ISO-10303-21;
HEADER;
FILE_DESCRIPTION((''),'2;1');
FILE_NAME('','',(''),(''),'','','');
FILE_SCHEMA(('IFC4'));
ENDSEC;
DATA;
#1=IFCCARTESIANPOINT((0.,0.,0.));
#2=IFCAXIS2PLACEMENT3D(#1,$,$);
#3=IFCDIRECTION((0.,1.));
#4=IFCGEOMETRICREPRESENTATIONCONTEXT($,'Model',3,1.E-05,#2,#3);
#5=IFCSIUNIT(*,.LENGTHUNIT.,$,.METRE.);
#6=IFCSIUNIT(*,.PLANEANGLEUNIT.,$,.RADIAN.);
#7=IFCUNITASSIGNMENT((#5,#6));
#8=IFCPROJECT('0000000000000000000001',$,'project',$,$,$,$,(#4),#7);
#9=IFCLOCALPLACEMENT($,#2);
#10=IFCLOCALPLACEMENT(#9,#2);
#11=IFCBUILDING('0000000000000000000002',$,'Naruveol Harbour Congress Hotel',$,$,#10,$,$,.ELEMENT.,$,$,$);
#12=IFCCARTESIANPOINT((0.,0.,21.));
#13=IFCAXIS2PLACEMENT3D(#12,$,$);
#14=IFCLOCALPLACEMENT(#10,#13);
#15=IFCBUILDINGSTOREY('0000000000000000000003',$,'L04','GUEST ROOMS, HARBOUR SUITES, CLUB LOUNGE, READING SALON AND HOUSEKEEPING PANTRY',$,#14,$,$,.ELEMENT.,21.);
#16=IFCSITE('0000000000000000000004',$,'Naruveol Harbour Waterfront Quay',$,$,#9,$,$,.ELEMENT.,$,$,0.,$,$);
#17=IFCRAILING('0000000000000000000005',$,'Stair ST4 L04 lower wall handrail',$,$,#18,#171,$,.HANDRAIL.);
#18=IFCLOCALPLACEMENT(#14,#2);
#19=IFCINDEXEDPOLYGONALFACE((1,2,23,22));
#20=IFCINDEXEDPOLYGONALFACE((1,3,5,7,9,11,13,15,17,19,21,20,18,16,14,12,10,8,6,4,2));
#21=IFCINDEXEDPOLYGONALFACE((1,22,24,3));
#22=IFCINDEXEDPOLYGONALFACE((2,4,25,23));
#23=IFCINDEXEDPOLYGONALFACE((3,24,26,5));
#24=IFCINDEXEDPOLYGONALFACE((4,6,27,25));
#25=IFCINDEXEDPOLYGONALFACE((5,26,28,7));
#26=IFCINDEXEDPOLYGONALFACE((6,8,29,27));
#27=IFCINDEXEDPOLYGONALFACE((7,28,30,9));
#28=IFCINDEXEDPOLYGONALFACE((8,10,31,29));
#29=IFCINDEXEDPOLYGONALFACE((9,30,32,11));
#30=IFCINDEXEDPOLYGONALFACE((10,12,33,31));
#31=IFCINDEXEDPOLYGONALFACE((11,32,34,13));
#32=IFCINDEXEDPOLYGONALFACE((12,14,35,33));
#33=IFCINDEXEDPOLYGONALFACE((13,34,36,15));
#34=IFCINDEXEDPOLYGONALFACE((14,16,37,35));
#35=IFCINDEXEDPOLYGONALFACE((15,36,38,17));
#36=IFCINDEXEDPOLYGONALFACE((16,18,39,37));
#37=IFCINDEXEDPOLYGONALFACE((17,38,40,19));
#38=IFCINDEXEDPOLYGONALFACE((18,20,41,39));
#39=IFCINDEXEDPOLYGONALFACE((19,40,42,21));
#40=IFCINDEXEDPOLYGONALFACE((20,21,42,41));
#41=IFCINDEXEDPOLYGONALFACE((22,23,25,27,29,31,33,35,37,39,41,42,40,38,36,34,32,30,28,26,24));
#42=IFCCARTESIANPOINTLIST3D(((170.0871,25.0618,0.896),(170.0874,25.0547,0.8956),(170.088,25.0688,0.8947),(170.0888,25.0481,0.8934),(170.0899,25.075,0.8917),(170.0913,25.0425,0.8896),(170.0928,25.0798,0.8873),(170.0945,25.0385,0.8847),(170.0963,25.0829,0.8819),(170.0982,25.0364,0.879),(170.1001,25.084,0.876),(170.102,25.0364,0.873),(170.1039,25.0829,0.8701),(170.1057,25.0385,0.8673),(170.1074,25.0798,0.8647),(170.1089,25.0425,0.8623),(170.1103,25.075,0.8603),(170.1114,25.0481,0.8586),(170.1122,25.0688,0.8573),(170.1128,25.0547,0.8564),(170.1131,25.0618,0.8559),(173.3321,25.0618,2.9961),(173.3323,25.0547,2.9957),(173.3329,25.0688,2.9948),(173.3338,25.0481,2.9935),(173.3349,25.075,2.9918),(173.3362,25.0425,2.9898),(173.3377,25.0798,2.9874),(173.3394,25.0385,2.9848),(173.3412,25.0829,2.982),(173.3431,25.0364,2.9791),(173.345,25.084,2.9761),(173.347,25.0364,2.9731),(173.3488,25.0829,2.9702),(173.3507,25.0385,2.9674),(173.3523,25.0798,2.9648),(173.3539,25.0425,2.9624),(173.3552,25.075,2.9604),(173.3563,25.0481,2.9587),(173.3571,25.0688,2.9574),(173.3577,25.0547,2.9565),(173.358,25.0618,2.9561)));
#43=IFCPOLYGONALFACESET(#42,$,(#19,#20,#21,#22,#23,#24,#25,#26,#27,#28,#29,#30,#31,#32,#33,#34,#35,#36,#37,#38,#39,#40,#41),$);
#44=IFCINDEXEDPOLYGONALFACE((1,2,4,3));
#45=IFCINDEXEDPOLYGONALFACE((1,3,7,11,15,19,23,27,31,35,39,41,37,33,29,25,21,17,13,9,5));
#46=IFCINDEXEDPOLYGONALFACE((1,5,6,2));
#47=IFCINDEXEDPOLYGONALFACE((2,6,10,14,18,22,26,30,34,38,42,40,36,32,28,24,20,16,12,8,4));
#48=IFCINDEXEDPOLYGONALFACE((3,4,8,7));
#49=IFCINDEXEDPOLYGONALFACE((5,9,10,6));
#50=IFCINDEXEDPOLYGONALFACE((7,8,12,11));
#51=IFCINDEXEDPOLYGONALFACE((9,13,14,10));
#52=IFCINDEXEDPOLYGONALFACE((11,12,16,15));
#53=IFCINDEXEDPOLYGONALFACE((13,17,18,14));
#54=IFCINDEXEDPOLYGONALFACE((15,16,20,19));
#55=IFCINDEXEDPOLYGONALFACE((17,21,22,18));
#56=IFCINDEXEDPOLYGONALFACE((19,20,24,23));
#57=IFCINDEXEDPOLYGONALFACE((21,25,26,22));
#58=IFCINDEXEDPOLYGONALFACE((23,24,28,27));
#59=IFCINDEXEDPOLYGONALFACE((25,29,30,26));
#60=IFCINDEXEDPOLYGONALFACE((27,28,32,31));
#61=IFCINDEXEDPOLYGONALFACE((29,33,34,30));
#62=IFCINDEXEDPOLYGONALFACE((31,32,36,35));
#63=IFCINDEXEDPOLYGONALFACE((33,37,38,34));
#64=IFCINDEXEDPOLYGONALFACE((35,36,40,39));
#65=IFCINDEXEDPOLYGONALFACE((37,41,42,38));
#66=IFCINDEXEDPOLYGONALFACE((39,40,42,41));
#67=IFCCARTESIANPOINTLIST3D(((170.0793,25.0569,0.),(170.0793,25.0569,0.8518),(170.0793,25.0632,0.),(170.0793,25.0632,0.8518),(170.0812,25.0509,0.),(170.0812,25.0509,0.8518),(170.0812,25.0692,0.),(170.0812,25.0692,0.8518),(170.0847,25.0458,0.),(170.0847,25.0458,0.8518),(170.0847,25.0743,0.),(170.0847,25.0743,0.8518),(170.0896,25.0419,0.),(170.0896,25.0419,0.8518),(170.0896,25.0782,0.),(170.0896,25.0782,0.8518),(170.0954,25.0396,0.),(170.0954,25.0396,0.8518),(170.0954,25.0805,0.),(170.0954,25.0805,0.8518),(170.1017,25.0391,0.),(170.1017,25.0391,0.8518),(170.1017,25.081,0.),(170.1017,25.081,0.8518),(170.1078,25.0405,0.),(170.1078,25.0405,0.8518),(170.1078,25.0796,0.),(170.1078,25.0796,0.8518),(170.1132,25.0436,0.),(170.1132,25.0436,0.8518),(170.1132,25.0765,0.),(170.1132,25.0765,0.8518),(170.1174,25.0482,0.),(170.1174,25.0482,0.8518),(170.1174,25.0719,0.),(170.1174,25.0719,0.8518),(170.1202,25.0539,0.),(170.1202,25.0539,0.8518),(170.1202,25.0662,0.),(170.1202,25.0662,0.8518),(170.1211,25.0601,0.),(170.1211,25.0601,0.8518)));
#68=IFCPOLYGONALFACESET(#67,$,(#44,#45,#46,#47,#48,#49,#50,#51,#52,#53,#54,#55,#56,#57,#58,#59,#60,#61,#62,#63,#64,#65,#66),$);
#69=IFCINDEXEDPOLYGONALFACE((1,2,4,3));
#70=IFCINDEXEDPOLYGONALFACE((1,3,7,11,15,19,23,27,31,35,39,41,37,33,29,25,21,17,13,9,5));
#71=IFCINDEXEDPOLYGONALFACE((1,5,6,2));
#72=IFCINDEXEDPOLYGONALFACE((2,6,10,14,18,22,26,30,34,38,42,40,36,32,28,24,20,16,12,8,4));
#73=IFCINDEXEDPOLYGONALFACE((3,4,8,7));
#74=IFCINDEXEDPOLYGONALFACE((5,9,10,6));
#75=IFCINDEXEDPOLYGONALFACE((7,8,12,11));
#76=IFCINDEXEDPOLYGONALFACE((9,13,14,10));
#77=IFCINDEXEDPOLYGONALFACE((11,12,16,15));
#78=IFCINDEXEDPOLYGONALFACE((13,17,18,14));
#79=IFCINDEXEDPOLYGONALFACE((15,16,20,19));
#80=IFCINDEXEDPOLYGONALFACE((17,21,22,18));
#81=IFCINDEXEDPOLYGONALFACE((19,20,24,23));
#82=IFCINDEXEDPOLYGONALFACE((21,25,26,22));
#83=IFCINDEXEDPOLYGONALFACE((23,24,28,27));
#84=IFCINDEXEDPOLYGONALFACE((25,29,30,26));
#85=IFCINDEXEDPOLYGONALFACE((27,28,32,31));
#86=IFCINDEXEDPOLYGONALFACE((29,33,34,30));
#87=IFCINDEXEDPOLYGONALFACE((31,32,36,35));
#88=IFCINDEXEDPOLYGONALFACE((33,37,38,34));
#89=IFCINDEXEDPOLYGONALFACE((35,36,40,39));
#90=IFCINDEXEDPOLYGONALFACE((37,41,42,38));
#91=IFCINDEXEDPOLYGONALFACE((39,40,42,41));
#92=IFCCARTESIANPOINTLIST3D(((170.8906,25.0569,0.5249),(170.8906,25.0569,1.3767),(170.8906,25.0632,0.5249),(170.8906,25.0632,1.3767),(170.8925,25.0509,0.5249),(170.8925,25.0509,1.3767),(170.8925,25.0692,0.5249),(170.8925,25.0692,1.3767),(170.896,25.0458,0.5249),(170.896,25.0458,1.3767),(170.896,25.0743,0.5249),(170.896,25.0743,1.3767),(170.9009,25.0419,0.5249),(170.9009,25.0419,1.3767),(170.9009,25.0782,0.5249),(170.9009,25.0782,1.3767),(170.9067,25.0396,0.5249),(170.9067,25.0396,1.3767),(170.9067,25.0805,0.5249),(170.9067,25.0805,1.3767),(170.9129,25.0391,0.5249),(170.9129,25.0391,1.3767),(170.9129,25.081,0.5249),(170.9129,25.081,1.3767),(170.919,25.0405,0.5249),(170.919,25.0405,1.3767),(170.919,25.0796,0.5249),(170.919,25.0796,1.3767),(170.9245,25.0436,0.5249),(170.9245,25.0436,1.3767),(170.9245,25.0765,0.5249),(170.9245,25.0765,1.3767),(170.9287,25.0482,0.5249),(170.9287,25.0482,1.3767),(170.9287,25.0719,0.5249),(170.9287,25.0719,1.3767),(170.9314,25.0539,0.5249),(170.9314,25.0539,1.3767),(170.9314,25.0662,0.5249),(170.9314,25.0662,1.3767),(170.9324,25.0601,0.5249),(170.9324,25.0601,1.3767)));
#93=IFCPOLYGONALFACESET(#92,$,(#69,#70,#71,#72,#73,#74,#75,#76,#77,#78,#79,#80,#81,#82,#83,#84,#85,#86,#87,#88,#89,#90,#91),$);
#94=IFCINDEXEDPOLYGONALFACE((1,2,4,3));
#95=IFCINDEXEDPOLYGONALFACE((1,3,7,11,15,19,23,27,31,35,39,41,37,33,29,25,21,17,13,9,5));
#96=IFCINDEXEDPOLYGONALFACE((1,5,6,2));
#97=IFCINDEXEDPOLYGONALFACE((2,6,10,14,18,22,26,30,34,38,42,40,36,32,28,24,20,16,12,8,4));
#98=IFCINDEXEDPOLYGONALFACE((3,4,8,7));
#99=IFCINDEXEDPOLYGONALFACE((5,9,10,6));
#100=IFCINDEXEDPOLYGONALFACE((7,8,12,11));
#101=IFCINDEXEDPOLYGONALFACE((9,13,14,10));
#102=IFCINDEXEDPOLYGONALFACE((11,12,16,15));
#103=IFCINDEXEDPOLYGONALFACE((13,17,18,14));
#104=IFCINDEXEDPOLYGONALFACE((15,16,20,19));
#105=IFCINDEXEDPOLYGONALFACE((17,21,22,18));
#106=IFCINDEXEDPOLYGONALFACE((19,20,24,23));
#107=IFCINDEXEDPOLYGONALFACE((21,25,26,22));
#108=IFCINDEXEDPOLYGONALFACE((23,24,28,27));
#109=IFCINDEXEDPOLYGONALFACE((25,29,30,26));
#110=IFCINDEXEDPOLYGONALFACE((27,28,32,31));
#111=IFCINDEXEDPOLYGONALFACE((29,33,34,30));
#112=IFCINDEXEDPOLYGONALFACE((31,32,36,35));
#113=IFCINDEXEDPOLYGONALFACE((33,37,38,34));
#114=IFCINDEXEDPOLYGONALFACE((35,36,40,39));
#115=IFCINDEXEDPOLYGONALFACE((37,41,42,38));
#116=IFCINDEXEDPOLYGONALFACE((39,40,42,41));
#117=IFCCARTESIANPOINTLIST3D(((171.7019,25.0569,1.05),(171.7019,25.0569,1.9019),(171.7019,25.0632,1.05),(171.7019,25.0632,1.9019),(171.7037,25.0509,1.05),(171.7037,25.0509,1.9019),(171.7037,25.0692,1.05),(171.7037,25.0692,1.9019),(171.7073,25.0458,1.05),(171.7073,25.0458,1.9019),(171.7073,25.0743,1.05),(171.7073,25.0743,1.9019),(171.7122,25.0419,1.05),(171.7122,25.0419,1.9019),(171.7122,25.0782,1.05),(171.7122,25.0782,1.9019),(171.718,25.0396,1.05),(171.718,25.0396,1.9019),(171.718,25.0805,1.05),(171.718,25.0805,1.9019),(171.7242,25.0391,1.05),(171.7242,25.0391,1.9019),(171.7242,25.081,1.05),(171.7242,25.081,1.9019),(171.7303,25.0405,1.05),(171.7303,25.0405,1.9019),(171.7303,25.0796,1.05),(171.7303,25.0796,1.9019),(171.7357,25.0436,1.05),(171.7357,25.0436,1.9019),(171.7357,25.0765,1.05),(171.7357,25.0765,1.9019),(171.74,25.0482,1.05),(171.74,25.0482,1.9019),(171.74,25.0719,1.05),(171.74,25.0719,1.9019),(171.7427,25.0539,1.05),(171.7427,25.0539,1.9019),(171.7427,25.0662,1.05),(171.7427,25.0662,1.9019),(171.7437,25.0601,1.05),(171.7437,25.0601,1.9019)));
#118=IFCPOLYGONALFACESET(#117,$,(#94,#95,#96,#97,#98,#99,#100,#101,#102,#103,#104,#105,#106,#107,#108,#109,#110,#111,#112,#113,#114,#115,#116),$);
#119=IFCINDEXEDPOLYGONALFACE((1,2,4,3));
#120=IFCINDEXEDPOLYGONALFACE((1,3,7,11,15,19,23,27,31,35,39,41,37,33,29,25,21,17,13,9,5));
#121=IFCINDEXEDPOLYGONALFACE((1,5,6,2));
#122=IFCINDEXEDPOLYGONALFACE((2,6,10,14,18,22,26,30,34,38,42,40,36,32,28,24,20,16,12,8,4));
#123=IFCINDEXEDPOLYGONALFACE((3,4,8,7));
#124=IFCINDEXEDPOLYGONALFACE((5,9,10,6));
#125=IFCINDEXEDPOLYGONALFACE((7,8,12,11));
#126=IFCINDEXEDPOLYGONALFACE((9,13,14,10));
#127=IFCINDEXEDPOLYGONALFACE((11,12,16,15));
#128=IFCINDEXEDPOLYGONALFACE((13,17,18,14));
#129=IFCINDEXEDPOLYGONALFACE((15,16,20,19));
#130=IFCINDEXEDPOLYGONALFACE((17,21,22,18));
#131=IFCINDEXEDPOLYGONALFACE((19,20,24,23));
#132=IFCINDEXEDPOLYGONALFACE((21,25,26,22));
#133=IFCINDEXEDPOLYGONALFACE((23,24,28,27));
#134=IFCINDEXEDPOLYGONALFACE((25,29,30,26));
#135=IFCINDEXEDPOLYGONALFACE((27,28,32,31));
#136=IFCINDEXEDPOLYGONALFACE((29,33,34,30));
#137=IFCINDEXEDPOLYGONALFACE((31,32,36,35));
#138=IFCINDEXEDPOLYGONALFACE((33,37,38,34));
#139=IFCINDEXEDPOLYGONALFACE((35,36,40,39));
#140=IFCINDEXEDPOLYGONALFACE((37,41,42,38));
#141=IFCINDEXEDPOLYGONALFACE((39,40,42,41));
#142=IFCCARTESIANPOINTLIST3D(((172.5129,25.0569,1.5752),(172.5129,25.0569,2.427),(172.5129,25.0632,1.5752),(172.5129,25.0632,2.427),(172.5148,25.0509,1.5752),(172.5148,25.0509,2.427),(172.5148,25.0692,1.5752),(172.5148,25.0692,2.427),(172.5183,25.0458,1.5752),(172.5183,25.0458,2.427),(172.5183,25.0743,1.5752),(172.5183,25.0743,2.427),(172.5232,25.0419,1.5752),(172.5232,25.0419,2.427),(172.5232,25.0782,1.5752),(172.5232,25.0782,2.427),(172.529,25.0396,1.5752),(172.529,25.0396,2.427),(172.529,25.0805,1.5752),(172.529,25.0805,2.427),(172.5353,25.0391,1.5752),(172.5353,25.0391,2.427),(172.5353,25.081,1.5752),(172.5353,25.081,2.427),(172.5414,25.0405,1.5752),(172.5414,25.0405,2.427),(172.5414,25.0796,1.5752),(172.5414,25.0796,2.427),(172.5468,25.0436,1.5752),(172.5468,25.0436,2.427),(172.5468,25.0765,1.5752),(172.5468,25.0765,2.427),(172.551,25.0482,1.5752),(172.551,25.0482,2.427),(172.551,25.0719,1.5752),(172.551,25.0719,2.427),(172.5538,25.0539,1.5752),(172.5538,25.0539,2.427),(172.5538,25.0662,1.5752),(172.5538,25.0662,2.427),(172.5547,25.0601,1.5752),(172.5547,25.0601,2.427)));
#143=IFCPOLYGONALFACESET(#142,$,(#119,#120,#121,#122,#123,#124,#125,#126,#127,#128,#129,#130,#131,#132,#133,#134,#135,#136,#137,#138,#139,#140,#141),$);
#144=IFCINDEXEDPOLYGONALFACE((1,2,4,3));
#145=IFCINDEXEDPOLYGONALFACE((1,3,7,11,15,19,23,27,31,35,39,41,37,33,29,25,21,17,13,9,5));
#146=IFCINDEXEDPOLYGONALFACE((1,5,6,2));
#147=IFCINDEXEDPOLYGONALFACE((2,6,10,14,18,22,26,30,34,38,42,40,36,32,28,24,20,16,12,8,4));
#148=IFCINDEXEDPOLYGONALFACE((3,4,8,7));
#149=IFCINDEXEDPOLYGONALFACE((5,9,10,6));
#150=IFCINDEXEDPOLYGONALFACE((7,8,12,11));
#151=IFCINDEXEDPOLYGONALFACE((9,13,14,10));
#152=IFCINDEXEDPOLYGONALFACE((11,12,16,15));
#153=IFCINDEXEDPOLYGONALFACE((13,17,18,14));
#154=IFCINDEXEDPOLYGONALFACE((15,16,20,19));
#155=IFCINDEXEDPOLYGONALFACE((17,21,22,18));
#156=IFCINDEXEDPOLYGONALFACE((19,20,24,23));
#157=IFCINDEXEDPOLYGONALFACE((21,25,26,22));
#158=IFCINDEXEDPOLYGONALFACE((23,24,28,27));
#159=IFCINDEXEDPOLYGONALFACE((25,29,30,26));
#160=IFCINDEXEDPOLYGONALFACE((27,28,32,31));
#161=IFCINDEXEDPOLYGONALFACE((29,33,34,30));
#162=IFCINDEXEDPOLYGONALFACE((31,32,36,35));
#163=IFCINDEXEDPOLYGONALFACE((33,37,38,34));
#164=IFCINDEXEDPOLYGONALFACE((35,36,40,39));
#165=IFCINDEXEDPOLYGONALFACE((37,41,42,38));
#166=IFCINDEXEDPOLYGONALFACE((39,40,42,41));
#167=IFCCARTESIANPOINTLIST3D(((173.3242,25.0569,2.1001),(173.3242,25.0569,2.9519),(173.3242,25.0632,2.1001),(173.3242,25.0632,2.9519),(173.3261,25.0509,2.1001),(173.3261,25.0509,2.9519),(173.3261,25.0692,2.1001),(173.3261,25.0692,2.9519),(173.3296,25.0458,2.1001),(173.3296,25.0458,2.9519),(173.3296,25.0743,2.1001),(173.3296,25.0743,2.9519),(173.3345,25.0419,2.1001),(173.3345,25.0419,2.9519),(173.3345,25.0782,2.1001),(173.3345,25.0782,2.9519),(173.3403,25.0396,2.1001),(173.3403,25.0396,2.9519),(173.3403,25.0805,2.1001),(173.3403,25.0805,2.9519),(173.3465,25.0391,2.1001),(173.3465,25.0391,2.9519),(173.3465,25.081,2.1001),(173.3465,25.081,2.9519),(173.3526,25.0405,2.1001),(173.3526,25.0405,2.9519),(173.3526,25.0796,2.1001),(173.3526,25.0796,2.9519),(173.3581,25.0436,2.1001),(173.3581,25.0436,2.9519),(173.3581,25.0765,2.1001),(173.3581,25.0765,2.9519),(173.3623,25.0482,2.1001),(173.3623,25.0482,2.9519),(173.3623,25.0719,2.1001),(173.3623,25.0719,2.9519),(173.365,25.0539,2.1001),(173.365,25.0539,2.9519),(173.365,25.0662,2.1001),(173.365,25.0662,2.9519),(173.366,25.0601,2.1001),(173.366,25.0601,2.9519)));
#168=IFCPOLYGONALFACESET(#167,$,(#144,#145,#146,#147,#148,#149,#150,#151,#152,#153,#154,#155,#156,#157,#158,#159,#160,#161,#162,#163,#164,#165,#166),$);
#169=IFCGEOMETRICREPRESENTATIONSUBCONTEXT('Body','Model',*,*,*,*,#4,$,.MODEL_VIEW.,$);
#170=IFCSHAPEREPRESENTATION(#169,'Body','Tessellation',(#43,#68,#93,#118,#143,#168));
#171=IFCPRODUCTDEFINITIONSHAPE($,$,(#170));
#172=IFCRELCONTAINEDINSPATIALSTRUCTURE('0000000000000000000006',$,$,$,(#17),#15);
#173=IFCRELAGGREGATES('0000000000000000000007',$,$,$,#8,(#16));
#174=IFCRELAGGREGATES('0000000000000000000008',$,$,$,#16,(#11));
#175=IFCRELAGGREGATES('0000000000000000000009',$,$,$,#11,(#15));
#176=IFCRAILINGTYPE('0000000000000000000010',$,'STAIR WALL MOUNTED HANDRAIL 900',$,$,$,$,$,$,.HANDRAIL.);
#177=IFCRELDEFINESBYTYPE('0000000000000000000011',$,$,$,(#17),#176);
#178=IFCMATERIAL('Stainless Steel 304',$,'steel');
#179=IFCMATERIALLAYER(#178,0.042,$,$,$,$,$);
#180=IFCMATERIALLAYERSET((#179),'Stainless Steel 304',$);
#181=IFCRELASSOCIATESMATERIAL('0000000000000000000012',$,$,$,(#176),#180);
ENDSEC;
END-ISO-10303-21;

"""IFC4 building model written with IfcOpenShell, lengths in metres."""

from ifc_helpers import new_model, si_unit, direction, frame, origin, origin_2d, place, context, subcontext, project, spatial, circle, extrude, material, layer, layer_set, type_object, element, save


model = new_model("IFC4")

# Units and contexts
model_context = context("Model", 3, precision=1e-05, world=origin(), true_north=direction((0.0, 1.0)))
body_context = subcontext(model_context, "Body", "Model", "MODEL_VIEW")
ifc_project = project(units=[si_unit("LENGTHUNIT", "METRE"), si_unit("PLANEANGLEUNIT", "RADIAN")], contexts=[model_context])

# Site, building, storey
site_placement = place(None, origin())
site = spatial("IfcSite", under=ifc_project, at=site_placement, Name="Naruveol Harbour Waterfront Quay", CompositionType="ELEMENT", RefElevation=0.0)
building_placement = place(site_placement, origin())
building = spatial("IfcBuilding", under=site, at=building_placement, Name="Naruveol Harbour Congress Hotel", CompositionType="ELEMENT")
storey_placement = place(building_placement, frame((0.0, 0.0, 21.0)))
storey = spatial("IfcBuildingStorey", under=building, at=storey_placement, Name="L04", Description="GUEST ROOMS, HARBOUR SUITES, CLUB LOUNGE, READING SALON AND HOUSEKEEPING PANTRY", CompositionType="ELEMENT", Elevation=21.0)

# Railing
ifc_material_1 = material(Name="Stainless Steel 304", Category="steel")
ifc_layer_1 = layer(ifc_material_1, 0.042)
ifc_layer_set_1 = layer_set([ifc_layer_1], Name="Stainless Steel 304")
railing_type_1 = type_object("IfcRailingType", Name="STAIR WALL MOUNTED HANDRAIL 900", PredefinedType="HANDRAIL", material=ifc_layer_set_1)
railing_1_placement = place(storey_placement, frame((170.1001, 25.0601, 0.0)))
element("IfcRailing", 1, at=railing_1_placement, inside=storey, type_object=railing_type_1, Name="Stair ST4 L04 lower wall handrail", PredefinedType="HANDRAIL", context=body_context, shape_type="SweptSolid", body=[
    extrude(circle(Radius=0.0239, at=origin_2d()), frame((0.0, 0.0, 0.876), z_axis=(0.839514, 0.0, 0.543338), x_axis=(0.0, 1.0, 0.0)), (0.0, 0.0, 1.0), 3.8652),
    extrude(circle(Radius=0.021, at=origin_2d()), origin(), (0.0, 0.0, 1.0), 0.8518),
    extrude(circle(Radius=0.021, at=origin_2d()), frame((0.8113, 0.0, 0.5249)), (0.0, 0.0, 1.0), 0.8518),
    extrude(circle(Radius=0.021, at=origin_2d()), frame((1.6226, 0.0, 1.05)), (0.0, 0.0, 1.0), 0.8518),
    extrude(circle(Radius=0.021, at=origin_2d()), frame((2.4336, 0.0, 1.5752)), (0.0, 0.0, 1.0), 0.8518),
    extrude(circle(Radius=0.021, at=origin_2d()), frame((3.2449, 0.0, 2.1001)), (0.0, 0.0, 1.0), 0.8518),
])

save(model, "model.ifc")
